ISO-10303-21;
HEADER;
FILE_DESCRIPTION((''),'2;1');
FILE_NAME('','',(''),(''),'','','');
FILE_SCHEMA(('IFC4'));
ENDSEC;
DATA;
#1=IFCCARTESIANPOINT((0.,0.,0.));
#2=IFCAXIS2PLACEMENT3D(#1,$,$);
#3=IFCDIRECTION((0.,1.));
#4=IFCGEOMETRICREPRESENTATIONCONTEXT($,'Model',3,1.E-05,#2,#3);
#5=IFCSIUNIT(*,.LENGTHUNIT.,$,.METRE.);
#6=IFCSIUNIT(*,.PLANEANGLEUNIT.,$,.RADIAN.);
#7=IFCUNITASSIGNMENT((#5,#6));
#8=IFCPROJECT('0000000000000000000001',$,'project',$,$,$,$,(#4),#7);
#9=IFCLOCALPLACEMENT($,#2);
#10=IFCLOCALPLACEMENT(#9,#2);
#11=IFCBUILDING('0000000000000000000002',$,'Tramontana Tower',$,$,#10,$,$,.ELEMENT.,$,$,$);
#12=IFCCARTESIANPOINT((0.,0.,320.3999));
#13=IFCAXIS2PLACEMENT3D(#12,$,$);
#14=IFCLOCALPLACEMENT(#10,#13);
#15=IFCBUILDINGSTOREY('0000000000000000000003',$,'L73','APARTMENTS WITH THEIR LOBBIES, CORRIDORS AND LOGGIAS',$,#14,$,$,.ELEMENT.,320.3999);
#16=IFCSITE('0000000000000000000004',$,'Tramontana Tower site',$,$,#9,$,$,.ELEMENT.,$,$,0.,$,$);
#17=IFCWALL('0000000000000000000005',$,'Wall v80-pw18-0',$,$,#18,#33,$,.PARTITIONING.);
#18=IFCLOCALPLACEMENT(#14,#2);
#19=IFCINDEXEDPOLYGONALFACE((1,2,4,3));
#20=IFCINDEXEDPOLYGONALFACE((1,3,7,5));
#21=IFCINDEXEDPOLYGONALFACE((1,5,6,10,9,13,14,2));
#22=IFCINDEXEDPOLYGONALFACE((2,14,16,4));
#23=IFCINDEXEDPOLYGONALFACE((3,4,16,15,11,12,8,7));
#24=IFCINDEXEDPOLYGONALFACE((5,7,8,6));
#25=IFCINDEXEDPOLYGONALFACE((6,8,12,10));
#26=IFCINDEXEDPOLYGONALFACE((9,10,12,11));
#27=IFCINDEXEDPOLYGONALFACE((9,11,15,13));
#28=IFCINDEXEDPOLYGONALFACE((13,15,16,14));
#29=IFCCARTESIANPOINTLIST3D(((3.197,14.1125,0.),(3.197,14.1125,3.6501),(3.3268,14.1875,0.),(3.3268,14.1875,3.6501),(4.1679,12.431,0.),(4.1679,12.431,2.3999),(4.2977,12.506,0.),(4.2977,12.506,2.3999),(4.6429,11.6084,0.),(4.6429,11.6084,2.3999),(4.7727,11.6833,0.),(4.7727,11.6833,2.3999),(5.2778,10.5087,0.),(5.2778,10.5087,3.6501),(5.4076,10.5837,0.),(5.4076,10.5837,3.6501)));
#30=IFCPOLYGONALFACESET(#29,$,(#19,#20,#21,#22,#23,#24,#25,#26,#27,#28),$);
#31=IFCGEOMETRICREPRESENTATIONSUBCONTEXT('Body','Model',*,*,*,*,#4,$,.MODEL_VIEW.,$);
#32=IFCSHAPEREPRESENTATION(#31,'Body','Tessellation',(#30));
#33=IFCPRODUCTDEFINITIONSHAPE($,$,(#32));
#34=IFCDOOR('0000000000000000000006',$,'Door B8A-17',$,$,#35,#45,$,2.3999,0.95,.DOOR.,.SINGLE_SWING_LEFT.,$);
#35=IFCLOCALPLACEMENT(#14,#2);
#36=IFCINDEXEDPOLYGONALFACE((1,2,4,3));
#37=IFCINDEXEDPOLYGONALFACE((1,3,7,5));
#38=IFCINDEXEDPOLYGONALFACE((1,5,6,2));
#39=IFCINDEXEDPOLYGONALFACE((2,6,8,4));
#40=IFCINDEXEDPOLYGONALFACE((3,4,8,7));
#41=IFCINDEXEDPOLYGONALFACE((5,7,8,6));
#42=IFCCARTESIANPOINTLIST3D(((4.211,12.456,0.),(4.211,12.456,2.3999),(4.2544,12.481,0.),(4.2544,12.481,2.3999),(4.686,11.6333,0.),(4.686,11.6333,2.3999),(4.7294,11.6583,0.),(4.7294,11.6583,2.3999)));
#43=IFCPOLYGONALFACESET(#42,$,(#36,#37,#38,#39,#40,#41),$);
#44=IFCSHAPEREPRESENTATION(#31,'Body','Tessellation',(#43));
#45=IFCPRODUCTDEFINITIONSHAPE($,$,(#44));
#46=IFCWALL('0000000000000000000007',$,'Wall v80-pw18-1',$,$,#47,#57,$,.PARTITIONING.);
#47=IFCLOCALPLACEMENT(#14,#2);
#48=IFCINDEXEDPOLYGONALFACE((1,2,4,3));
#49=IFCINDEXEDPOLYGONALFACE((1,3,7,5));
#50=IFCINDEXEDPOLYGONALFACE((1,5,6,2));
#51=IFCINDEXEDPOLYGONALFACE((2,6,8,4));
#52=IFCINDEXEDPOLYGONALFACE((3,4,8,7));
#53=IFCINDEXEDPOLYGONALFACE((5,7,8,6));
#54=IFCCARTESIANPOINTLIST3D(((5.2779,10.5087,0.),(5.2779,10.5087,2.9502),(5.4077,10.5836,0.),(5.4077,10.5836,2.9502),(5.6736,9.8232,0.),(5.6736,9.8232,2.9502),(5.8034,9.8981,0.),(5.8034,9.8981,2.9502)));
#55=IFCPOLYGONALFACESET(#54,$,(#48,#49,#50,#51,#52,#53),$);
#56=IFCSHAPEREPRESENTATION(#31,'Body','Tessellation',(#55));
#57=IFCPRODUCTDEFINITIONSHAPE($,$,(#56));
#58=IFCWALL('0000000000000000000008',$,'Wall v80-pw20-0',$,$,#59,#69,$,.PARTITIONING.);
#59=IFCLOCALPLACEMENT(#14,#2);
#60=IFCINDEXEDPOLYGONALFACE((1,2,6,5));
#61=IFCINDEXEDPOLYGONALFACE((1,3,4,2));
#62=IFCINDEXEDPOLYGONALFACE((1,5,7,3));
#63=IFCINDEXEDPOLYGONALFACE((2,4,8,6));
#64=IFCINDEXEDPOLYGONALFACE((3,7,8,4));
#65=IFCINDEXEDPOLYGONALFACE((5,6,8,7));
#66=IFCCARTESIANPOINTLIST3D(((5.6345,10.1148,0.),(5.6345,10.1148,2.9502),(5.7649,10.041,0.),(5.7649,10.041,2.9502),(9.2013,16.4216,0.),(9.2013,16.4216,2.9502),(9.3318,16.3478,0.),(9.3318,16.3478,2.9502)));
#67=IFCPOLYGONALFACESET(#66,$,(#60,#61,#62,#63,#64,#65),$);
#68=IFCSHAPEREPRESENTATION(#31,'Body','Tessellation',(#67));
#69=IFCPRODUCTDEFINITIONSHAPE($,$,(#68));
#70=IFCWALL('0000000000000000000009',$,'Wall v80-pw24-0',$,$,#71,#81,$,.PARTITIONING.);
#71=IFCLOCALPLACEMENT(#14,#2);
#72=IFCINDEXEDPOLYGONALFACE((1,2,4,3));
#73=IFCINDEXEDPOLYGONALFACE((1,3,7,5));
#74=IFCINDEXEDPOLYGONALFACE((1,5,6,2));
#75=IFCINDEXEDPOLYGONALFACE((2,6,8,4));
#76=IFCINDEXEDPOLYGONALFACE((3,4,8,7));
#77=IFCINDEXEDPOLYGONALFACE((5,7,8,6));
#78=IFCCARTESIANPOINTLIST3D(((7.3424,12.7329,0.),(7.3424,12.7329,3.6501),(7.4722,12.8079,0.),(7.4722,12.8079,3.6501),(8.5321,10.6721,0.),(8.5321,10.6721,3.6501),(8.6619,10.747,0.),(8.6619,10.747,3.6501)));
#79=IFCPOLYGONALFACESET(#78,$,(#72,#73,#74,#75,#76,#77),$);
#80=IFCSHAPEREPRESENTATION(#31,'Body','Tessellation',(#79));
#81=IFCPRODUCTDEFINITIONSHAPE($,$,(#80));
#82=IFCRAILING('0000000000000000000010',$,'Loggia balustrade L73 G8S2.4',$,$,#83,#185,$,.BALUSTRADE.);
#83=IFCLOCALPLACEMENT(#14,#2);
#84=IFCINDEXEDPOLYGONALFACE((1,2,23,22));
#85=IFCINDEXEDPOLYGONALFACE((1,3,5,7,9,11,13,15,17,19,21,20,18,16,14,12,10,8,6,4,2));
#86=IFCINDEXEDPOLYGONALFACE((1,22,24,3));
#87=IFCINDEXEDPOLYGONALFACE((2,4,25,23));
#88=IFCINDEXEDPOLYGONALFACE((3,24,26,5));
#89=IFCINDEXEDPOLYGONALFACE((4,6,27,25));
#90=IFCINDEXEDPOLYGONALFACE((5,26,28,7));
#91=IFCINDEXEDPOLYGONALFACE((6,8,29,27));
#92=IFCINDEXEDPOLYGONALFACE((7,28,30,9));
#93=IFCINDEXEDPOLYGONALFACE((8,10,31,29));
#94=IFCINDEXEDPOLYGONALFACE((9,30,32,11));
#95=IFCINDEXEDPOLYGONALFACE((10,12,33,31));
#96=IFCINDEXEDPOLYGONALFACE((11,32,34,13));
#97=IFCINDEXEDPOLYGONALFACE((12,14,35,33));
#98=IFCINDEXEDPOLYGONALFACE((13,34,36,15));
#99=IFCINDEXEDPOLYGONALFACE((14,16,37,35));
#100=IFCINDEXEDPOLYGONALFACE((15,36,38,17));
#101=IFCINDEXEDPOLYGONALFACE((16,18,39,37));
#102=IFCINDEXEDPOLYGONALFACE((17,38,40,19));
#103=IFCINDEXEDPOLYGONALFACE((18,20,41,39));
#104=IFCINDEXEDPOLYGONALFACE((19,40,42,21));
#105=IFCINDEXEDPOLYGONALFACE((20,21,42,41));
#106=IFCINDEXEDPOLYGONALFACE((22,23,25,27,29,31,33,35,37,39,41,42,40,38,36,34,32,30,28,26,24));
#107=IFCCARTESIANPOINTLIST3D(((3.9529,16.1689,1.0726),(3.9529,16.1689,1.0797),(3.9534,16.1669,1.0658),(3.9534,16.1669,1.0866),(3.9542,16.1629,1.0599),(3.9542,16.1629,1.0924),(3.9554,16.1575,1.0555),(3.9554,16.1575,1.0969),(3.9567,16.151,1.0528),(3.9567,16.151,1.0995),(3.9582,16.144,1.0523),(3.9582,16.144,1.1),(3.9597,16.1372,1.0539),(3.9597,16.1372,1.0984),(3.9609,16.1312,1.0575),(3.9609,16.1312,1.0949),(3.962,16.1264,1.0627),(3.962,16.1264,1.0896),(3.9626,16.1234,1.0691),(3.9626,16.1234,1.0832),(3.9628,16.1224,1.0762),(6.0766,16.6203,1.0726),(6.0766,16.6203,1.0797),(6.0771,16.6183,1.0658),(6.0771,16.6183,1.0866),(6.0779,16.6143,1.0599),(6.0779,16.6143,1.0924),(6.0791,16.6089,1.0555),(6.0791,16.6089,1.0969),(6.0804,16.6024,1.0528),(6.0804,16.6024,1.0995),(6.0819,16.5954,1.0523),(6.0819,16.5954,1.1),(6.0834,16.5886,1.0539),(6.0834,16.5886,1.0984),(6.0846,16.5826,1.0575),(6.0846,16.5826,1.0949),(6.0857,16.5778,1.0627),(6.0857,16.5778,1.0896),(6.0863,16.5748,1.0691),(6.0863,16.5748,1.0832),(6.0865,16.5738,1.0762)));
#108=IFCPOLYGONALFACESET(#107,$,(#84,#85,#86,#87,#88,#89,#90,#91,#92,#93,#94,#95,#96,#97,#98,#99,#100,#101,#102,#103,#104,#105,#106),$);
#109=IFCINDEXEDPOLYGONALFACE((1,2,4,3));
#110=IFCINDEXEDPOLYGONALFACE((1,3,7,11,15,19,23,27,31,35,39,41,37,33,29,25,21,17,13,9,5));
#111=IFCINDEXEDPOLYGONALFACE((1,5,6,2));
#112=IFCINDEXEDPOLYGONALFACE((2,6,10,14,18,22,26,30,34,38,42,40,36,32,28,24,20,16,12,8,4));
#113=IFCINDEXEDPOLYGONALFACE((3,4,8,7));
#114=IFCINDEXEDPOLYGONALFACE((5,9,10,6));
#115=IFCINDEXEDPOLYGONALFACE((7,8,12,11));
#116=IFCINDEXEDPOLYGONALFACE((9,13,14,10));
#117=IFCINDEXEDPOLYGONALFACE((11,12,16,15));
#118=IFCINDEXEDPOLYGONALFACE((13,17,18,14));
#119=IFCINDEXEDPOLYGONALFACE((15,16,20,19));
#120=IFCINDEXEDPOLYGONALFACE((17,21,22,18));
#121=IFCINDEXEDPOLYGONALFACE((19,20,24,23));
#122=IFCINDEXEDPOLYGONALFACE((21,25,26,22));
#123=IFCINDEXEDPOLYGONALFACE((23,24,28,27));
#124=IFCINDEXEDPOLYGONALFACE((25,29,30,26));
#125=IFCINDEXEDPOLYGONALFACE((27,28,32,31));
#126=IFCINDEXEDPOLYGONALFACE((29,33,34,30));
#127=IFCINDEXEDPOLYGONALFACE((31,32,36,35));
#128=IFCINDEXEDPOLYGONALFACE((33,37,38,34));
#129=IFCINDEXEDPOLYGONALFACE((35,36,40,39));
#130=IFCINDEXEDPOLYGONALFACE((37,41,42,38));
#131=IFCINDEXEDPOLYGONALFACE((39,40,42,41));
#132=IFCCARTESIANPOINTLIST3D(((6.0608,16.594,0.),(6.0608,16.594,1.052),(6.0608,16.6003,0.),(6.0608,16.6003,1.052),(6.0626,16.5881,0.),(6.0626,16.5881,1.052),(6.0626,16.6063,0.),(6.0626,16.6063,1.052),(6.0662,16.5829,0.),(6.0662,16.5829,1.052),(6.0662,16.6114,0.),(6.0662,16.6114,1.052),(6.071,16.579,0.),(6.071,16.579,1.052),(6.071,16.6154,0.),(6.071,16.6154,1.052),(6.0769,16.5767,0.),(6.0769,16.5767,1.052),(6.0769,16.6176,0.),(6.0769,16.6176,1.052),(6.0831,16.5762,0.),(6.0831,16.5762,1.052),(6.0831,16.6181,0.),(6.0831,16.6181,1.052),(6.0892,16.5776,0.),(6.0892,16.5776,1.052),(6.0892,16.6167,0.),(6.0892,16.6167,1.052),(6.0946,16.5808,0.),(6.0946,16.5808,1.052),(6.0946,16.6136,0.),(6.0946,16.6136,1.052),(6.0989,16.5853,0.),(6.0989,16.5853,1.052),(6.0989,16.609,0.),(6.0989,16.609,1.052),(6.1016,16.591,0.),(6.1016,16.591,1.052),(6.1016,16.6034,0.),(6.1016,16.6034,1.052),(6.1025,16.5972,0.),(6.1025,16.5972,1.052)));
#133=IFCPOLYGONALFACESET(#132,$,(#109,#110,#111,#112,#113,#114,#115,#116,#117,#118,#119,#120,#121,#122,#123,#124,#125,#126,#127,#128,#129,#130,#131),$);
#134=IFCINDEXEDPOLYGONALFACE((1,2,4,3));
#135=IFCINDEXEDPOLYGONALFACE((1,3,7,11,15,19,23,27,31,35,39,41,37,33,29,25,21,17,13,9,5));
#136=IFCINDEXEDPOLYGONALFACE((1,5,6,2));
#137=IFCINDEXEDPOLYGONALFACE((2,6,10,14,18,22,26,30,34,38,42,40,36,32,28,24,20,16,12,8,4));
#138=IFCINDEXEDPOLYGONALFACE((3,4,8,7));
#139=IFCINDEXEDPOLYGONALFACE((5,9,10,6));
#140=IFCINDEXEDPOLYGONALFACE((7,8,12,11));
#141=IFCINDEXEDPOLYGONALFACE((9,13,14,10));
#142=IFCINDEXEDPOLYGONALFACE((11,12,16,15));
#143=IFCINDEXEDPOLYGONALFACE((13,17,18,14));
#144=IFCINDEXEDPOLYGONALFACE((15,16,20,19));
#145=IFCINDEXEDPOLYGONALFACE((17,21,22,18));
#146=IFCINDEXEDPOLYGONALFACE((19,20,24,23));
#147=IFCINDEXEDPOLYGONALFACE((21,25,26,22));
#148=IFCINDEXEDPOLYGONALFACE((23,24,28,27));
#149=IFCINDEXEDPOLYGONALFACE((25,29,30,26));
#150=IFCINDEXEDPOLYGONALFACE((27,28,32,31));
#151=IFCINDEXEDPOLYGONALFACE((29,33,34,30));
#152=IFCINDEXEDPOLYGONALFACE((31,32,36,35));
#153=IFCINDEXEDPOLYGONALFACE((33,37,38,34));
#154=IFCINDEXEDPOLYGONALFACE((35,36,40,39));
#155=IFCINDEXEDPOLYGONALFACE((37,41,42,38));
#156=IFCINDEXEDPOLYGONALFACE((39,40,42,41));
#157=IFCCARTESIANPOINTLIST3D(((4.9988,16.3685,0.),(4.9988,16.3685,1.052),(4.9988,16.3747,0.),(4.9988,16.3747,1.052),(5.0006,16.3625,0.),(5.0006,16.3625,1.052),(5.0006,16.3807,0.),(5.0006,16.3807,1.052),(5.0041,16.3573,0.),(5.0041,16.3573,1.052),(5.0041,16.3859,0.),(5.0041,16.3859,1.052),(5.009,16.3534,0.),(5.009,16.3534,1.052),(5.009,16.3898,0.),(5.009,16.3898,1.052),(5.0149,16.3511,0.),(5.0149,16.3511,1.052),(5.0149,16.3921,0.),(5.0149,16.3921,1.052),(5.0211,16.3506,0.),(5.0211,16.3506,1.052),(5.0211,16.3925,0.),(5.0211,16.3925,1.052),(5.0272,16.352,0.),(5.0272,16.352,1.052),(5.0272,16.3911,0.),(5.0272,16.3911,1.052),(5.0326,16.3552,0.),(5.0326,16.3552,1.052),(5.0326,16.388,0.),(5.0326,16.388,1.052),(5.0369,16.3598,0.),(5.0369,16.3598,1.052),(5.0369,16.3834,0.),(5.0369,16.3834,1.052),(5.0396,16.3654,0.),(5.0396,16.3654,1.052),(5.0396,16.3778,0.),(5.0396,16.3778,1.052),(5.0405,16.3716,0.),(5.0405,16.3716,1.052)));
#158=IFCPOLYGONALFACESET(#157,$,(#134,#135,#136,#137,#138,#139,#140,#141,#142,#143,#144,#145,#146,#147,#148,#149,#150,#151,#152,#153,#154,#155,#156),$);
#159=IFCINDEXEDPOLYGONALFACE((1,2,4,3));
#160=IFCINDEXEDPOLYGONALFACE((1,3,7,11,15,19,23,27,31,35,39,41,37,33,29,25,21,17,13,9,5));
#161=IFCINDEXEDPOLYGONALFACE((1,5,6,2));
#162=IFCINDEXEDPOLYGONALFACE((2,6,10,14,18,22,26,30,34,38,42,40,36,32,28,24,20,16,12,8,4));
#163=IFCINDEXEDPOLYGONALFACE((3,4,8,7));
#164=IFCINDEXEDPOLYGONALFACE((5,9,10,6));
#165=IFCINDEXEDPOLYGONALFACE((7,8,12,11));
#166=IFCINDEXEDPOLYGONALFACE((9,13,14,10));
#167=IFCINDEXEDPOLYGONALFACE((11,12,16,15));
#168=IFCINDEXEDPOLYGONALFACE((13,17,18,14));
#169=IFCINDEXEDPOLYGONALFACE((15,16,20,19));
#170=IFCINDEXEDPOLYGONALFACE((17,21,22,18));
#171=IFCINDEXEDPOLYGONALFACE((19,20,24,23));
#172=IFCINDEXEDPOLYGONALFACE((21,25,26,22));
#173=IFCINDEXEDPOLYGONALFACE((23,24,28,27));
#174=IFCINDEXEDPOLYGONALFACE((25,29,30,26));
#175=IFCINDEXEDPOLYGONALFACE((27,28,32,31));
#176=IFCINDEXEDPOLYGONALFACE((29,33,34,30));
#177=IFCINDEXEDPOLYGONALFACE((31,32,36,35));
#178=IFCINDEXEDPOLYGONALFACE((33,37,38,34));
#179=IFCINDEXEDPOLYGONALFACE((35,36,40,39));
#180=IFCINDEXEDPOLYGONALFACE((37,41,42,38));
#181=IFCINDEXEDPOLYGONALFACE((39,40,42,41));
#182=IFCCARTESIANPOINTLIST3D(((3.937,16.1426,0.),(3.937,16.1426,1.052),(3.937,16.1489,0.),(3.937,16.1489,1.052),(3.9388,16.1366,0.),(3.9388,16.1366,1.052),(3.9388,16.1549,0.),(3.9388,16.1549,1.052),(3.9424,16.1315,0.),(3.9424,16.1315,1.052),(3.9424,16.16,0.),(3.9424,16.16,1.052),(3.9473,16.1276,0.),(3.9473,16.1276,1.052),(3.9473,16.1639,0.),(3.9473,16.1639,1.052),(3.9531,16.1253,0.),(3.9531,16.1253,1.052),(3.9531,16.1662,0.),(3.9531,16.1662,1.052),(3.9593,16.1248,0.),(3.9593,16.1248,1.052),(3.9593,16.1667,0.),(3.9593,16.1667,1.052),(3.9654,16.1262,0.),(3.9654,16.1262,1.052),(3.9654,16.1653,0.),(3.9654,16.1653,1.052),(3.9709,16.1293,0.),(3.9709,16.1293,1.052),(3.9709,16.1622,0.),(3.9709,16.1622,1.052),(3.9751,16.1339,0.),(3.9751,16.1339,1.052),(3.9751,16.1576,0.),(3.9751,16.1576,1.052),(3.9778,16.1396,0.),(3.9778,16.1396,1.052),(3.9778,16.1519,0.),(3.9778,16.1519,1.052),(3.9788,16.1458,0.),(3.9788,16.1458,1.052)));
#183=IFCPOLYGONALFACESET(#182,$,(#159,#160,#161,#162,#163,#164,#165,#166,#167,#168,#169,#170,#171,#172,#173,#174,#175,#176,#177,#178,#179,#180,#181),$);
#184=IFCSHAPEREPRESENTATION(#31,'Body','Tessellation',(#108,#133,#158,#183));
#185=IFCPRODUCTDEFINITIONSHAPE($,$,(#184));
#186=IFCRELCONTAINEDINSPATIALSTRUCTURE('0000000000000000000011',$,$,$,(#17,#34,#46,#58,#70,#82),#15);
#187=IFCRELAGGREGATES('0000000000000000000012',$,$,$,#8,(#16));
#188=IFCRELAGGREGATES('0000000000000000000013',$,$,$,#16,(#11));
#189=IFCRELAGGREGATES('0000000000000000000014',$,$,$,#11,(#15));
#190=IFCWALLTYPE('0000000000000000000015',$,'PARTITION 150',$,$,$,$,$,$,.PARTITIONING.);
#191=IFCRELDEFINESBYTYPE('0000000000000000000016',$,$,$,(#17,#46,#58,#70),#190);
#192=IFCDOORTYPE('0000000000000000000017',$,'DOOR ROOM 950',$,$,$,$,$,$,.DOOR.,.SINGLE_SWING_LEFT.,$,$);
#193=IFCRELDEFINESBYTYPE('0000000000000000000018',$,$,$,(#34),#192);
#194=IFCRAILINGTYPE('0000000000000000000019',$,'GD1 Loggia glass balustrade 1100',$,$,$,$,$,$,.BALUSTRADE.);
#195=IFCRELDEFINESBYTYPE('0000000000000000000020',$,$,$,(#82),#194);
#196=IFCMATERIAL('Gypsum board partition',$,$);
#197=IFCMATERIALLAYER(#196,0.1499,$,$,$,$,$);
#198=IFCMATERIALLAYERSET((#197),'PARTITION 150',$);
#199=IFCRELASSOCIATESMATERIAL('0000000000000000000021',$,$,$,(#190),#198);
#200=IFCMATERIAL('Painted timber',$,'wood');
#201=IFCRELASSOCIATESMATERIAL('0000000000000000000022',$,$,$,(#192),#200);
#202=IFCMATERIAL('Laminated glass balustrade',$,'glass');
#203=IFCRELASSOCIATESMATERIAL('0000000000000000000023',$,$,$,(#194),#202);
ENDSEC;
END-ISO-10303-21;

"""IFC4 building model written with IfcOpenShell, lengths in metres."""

from ifc_helpers import new_model, si_unit, direction, frame, frame_2d, origin, origin_2d, place, context, subcontext, project, spatial, rectangle, circle, extrude, material, layer, layer_set, type_object, element, fill, save


model = new_model("IFC4")

# Units and contexts
model_context = context("Model", 3, precision=1e-05, world=origin(), true_north=direction((0.0, 1.0)))
body_context = subcontext(model_context, "Body", "Model", "MODEL_VIEW")
ifc_project = project(units=[si_unit("LENGTHUNIT", "METRE"), si_unit("PLANEANGLEUNIT", "RADIAN")], contexts=[model_context])

# Site, building, storey
site_placement = place(None, origin())
site = spatial("IfcSite", under=ifc_project, at=site_placement, Name="Tramontana Tower site", CompositionType="ELEMENT", RefElevation=0.0)
building_placement = place(site_placement, origin())
building = spatial("IfcBuilding", under=site, at=building_placement, Name="Tramontana Tower", CompositionType="ELEMENT")
storey_placement = place(building_placement, frame((0.0, 0.0, 320.3999)))
storey = spatial("IfcBuildingStorey", under=building, at=storey_placement, Name="L73", Description="APARTMENTS WITH THEIR LOBBIES, CORRIDORS AND LOGGIAS", CompositionType="ELEMENT", Elevation=320.3999)

# Shared definitions
ifc_material_1 = material(Name="Gypsum board partition")
ifc_layer_1 = layer(ifc_material_1, 0.1499)
ifc_layer_set_1 = layer_set([ifc_layer_1], Name="PARTITION 150")
wall_type_1 = type_object("IfcWallType", Name="PARTITION 150", PredefinedType="PARTITIONING", material=ifc_layer_set_1)

# Wall, opening, door
wall_1_placement = place(storey_placement, frame((3.262, 14.1499, 0.0), z_axis=(0.0, 0.0, 1.0), x_axis=(0.500032, -0.866007, 0.0)))
wall_1 = element("IfcWall", 1, at=wall_1_placement, inside=storey, type_object=wall_type_1, Name="Wall v80-pw18-0", PredefinedType="PARTITIONING", context=body_context, shape_type="SweptSolid", body=[
    extrude(rectangle(XDim=4.1614, YDim=0.1499, at=frame_2d((2.0806, 0.0))), origin(), (0.0, 0.0, 1.0), 3.6501),
])
opening_1_placement = place(wall_1_placement, frame((1.9414, 0.0, 0.0)))
opening_1 = element("IfcOpeningElement", 2, at=opening_1_placement, cuts=wall_1, PredefinedType="OPENING", context=body_context, shape_type="SweptSolid", body=[
    extrude(rectangle(XDim=0.95, YDim=2.3999, at=frame_2d((0.4751, 1.2))), frame((0.0, 0.085, 0.0), z_axis=(0.0, -1.0, 0.0), x_axis=(1.0, 0.0, 0.0)), (0.0, 0.0, 1.0), 0.1699),
])
ifc_material_2 = material(Name="Painted timber", Category="wood")
door_type_1 = type_object("IfcDoorType", Name="DOOR ROOM 950", OperationType="SINGLE_SWING_LEFT", PredefinedType="DOOR", material=ifc_material_2)
door_1_placement = place(opening_1_placement, origin())
door_1 = element("IfcDoor", 3, at=door_1_placement, inside=storey, type_object=door_type_1, Name="Door B8A-17", OperationType="SINGLE_SWING_LEFT", OverallHeight=2.3999, OverallWidth=0.95, PredefinedType="DOOR", context=body_context, shape_type="SweptSolid", body=[
    extrude(rectangle(XDim=0.95, YDim=2.3999, at=frame_2d((0.4751, 1.2))), frame((0.0, 0.0249, 0.0), z_axis=(0.0, -1.0, 0.0), x_axis=(1.0, 0.0, 0.0)), (0.0, 0.0, 1.0), 0.05),
])
fill(opening_1, door_1)

# Walls
wall_2_placement = place(storey_placement, frame((5.3428, 10.5461, 0.0), z_axis=(0.0, 0.0, 1.0), x_axis=(0.499954, -0.866052, 0.0)))
element("IfcWall", 4, at=wall_2_placement, inside=storey, type_object=wall_type_1, Name="Wall v80-pw18-1", PredefinedType="PARTITIONING", context=body_context, shape_type="SweptSolid", body=[
    extrude(rectangle(XDim=0.7915, YDim=0.1499, at=frame_2d((0.3958, 0.0))), origin(), (0.0, 0.0, 1.0), 2.9502),
])
wall_3_placement = place(storey_placement, frame((5.6997, 10.0779, 0.0), z_axis=(0.0, 0.0, 1.0), x_axis=(0.49228, 0.870437, 0.0)))
element("IfcWall", 5, at=wall_3_placement, inside=storey, type_object=wall_type_1, Name="Wall v80-pw20-0", PredefinedType="PARTITIONING", context=body_context, shape_type="SweptSolid", body=[
    extrude(rectangle(XDim=7.2456, YDim=0.1499, at=frame_2d((3.6228, 0.0))), origin(), (0.0, 0.0, 1.0), 2.9502),
])
wall_4_placement = place(storey_placement, frame((7.4072, 12.7705, 0.0), z_axis=(0.0, 0.0, 1.0), x_axis=(0.499968, -0.866044, 0.0)))
element("IfcWall", 6, at=wall_4_placement, inside=storey, type_object=wall_type_1, Name="Wall v80-pw24-0", PredefinedType="PARTITIONING", context=body_context, shape_type="SweptSolid", body=[
    extrude(rectangle(XDim=2.3796, YDim=0.1499, at=frame_2d((1.1899, 0.0))), origin(), (0.0, 0.0, 1.0), 3.6501),
])

# Railing
ifc_material_3 = material(Name="Laminated glass balustrade", Category="glass")
railing_type = type_object("IfcRailingType", Name="GD1 Loggia glass balustrade 1100", PredefinedType="BALUSTRADE", material=ifc_material_3)
railing_placement = place(storey_placement, frame((6.0815, 16.5972, 0.0)))
element("IfcRailing", 7, at=railing_placement, inside=storey, type_object=railing_type, Name="Loggia balustrade L73 G8S2.4", PredefinedType="BALUSTRADE", context=body_context, shape_type="SweptSolid", body=[
    extrude(circle(Radius=0.0239, at=origin_2d()), frame((0.0, 0.0, 1.0762), z_axis=(-0.978148, -0.207909, 0.0), x_axis=(0.207909, -0.978148, 0.0)), (0.0, 0.0, 1.0), 2.1711),
    extrude(circle(Radius=0.021, at=origin_2d()), origin(), (0.0, 0.0, 1.0), 1.052),
    extrude(circle(Radius=0.021, at=origin_2d()), frame((-1.062, -0.2256, 0.0)), (0.0, 0.0, 1.0), 1.052),
    extrude(circle(Radius=0.021, at=origin_2d()), frame((-2.1238, -0.4514, 0.0)), (0.0, 0.0, 1.0), 1.052),
])

save(model, "model.ifc")
